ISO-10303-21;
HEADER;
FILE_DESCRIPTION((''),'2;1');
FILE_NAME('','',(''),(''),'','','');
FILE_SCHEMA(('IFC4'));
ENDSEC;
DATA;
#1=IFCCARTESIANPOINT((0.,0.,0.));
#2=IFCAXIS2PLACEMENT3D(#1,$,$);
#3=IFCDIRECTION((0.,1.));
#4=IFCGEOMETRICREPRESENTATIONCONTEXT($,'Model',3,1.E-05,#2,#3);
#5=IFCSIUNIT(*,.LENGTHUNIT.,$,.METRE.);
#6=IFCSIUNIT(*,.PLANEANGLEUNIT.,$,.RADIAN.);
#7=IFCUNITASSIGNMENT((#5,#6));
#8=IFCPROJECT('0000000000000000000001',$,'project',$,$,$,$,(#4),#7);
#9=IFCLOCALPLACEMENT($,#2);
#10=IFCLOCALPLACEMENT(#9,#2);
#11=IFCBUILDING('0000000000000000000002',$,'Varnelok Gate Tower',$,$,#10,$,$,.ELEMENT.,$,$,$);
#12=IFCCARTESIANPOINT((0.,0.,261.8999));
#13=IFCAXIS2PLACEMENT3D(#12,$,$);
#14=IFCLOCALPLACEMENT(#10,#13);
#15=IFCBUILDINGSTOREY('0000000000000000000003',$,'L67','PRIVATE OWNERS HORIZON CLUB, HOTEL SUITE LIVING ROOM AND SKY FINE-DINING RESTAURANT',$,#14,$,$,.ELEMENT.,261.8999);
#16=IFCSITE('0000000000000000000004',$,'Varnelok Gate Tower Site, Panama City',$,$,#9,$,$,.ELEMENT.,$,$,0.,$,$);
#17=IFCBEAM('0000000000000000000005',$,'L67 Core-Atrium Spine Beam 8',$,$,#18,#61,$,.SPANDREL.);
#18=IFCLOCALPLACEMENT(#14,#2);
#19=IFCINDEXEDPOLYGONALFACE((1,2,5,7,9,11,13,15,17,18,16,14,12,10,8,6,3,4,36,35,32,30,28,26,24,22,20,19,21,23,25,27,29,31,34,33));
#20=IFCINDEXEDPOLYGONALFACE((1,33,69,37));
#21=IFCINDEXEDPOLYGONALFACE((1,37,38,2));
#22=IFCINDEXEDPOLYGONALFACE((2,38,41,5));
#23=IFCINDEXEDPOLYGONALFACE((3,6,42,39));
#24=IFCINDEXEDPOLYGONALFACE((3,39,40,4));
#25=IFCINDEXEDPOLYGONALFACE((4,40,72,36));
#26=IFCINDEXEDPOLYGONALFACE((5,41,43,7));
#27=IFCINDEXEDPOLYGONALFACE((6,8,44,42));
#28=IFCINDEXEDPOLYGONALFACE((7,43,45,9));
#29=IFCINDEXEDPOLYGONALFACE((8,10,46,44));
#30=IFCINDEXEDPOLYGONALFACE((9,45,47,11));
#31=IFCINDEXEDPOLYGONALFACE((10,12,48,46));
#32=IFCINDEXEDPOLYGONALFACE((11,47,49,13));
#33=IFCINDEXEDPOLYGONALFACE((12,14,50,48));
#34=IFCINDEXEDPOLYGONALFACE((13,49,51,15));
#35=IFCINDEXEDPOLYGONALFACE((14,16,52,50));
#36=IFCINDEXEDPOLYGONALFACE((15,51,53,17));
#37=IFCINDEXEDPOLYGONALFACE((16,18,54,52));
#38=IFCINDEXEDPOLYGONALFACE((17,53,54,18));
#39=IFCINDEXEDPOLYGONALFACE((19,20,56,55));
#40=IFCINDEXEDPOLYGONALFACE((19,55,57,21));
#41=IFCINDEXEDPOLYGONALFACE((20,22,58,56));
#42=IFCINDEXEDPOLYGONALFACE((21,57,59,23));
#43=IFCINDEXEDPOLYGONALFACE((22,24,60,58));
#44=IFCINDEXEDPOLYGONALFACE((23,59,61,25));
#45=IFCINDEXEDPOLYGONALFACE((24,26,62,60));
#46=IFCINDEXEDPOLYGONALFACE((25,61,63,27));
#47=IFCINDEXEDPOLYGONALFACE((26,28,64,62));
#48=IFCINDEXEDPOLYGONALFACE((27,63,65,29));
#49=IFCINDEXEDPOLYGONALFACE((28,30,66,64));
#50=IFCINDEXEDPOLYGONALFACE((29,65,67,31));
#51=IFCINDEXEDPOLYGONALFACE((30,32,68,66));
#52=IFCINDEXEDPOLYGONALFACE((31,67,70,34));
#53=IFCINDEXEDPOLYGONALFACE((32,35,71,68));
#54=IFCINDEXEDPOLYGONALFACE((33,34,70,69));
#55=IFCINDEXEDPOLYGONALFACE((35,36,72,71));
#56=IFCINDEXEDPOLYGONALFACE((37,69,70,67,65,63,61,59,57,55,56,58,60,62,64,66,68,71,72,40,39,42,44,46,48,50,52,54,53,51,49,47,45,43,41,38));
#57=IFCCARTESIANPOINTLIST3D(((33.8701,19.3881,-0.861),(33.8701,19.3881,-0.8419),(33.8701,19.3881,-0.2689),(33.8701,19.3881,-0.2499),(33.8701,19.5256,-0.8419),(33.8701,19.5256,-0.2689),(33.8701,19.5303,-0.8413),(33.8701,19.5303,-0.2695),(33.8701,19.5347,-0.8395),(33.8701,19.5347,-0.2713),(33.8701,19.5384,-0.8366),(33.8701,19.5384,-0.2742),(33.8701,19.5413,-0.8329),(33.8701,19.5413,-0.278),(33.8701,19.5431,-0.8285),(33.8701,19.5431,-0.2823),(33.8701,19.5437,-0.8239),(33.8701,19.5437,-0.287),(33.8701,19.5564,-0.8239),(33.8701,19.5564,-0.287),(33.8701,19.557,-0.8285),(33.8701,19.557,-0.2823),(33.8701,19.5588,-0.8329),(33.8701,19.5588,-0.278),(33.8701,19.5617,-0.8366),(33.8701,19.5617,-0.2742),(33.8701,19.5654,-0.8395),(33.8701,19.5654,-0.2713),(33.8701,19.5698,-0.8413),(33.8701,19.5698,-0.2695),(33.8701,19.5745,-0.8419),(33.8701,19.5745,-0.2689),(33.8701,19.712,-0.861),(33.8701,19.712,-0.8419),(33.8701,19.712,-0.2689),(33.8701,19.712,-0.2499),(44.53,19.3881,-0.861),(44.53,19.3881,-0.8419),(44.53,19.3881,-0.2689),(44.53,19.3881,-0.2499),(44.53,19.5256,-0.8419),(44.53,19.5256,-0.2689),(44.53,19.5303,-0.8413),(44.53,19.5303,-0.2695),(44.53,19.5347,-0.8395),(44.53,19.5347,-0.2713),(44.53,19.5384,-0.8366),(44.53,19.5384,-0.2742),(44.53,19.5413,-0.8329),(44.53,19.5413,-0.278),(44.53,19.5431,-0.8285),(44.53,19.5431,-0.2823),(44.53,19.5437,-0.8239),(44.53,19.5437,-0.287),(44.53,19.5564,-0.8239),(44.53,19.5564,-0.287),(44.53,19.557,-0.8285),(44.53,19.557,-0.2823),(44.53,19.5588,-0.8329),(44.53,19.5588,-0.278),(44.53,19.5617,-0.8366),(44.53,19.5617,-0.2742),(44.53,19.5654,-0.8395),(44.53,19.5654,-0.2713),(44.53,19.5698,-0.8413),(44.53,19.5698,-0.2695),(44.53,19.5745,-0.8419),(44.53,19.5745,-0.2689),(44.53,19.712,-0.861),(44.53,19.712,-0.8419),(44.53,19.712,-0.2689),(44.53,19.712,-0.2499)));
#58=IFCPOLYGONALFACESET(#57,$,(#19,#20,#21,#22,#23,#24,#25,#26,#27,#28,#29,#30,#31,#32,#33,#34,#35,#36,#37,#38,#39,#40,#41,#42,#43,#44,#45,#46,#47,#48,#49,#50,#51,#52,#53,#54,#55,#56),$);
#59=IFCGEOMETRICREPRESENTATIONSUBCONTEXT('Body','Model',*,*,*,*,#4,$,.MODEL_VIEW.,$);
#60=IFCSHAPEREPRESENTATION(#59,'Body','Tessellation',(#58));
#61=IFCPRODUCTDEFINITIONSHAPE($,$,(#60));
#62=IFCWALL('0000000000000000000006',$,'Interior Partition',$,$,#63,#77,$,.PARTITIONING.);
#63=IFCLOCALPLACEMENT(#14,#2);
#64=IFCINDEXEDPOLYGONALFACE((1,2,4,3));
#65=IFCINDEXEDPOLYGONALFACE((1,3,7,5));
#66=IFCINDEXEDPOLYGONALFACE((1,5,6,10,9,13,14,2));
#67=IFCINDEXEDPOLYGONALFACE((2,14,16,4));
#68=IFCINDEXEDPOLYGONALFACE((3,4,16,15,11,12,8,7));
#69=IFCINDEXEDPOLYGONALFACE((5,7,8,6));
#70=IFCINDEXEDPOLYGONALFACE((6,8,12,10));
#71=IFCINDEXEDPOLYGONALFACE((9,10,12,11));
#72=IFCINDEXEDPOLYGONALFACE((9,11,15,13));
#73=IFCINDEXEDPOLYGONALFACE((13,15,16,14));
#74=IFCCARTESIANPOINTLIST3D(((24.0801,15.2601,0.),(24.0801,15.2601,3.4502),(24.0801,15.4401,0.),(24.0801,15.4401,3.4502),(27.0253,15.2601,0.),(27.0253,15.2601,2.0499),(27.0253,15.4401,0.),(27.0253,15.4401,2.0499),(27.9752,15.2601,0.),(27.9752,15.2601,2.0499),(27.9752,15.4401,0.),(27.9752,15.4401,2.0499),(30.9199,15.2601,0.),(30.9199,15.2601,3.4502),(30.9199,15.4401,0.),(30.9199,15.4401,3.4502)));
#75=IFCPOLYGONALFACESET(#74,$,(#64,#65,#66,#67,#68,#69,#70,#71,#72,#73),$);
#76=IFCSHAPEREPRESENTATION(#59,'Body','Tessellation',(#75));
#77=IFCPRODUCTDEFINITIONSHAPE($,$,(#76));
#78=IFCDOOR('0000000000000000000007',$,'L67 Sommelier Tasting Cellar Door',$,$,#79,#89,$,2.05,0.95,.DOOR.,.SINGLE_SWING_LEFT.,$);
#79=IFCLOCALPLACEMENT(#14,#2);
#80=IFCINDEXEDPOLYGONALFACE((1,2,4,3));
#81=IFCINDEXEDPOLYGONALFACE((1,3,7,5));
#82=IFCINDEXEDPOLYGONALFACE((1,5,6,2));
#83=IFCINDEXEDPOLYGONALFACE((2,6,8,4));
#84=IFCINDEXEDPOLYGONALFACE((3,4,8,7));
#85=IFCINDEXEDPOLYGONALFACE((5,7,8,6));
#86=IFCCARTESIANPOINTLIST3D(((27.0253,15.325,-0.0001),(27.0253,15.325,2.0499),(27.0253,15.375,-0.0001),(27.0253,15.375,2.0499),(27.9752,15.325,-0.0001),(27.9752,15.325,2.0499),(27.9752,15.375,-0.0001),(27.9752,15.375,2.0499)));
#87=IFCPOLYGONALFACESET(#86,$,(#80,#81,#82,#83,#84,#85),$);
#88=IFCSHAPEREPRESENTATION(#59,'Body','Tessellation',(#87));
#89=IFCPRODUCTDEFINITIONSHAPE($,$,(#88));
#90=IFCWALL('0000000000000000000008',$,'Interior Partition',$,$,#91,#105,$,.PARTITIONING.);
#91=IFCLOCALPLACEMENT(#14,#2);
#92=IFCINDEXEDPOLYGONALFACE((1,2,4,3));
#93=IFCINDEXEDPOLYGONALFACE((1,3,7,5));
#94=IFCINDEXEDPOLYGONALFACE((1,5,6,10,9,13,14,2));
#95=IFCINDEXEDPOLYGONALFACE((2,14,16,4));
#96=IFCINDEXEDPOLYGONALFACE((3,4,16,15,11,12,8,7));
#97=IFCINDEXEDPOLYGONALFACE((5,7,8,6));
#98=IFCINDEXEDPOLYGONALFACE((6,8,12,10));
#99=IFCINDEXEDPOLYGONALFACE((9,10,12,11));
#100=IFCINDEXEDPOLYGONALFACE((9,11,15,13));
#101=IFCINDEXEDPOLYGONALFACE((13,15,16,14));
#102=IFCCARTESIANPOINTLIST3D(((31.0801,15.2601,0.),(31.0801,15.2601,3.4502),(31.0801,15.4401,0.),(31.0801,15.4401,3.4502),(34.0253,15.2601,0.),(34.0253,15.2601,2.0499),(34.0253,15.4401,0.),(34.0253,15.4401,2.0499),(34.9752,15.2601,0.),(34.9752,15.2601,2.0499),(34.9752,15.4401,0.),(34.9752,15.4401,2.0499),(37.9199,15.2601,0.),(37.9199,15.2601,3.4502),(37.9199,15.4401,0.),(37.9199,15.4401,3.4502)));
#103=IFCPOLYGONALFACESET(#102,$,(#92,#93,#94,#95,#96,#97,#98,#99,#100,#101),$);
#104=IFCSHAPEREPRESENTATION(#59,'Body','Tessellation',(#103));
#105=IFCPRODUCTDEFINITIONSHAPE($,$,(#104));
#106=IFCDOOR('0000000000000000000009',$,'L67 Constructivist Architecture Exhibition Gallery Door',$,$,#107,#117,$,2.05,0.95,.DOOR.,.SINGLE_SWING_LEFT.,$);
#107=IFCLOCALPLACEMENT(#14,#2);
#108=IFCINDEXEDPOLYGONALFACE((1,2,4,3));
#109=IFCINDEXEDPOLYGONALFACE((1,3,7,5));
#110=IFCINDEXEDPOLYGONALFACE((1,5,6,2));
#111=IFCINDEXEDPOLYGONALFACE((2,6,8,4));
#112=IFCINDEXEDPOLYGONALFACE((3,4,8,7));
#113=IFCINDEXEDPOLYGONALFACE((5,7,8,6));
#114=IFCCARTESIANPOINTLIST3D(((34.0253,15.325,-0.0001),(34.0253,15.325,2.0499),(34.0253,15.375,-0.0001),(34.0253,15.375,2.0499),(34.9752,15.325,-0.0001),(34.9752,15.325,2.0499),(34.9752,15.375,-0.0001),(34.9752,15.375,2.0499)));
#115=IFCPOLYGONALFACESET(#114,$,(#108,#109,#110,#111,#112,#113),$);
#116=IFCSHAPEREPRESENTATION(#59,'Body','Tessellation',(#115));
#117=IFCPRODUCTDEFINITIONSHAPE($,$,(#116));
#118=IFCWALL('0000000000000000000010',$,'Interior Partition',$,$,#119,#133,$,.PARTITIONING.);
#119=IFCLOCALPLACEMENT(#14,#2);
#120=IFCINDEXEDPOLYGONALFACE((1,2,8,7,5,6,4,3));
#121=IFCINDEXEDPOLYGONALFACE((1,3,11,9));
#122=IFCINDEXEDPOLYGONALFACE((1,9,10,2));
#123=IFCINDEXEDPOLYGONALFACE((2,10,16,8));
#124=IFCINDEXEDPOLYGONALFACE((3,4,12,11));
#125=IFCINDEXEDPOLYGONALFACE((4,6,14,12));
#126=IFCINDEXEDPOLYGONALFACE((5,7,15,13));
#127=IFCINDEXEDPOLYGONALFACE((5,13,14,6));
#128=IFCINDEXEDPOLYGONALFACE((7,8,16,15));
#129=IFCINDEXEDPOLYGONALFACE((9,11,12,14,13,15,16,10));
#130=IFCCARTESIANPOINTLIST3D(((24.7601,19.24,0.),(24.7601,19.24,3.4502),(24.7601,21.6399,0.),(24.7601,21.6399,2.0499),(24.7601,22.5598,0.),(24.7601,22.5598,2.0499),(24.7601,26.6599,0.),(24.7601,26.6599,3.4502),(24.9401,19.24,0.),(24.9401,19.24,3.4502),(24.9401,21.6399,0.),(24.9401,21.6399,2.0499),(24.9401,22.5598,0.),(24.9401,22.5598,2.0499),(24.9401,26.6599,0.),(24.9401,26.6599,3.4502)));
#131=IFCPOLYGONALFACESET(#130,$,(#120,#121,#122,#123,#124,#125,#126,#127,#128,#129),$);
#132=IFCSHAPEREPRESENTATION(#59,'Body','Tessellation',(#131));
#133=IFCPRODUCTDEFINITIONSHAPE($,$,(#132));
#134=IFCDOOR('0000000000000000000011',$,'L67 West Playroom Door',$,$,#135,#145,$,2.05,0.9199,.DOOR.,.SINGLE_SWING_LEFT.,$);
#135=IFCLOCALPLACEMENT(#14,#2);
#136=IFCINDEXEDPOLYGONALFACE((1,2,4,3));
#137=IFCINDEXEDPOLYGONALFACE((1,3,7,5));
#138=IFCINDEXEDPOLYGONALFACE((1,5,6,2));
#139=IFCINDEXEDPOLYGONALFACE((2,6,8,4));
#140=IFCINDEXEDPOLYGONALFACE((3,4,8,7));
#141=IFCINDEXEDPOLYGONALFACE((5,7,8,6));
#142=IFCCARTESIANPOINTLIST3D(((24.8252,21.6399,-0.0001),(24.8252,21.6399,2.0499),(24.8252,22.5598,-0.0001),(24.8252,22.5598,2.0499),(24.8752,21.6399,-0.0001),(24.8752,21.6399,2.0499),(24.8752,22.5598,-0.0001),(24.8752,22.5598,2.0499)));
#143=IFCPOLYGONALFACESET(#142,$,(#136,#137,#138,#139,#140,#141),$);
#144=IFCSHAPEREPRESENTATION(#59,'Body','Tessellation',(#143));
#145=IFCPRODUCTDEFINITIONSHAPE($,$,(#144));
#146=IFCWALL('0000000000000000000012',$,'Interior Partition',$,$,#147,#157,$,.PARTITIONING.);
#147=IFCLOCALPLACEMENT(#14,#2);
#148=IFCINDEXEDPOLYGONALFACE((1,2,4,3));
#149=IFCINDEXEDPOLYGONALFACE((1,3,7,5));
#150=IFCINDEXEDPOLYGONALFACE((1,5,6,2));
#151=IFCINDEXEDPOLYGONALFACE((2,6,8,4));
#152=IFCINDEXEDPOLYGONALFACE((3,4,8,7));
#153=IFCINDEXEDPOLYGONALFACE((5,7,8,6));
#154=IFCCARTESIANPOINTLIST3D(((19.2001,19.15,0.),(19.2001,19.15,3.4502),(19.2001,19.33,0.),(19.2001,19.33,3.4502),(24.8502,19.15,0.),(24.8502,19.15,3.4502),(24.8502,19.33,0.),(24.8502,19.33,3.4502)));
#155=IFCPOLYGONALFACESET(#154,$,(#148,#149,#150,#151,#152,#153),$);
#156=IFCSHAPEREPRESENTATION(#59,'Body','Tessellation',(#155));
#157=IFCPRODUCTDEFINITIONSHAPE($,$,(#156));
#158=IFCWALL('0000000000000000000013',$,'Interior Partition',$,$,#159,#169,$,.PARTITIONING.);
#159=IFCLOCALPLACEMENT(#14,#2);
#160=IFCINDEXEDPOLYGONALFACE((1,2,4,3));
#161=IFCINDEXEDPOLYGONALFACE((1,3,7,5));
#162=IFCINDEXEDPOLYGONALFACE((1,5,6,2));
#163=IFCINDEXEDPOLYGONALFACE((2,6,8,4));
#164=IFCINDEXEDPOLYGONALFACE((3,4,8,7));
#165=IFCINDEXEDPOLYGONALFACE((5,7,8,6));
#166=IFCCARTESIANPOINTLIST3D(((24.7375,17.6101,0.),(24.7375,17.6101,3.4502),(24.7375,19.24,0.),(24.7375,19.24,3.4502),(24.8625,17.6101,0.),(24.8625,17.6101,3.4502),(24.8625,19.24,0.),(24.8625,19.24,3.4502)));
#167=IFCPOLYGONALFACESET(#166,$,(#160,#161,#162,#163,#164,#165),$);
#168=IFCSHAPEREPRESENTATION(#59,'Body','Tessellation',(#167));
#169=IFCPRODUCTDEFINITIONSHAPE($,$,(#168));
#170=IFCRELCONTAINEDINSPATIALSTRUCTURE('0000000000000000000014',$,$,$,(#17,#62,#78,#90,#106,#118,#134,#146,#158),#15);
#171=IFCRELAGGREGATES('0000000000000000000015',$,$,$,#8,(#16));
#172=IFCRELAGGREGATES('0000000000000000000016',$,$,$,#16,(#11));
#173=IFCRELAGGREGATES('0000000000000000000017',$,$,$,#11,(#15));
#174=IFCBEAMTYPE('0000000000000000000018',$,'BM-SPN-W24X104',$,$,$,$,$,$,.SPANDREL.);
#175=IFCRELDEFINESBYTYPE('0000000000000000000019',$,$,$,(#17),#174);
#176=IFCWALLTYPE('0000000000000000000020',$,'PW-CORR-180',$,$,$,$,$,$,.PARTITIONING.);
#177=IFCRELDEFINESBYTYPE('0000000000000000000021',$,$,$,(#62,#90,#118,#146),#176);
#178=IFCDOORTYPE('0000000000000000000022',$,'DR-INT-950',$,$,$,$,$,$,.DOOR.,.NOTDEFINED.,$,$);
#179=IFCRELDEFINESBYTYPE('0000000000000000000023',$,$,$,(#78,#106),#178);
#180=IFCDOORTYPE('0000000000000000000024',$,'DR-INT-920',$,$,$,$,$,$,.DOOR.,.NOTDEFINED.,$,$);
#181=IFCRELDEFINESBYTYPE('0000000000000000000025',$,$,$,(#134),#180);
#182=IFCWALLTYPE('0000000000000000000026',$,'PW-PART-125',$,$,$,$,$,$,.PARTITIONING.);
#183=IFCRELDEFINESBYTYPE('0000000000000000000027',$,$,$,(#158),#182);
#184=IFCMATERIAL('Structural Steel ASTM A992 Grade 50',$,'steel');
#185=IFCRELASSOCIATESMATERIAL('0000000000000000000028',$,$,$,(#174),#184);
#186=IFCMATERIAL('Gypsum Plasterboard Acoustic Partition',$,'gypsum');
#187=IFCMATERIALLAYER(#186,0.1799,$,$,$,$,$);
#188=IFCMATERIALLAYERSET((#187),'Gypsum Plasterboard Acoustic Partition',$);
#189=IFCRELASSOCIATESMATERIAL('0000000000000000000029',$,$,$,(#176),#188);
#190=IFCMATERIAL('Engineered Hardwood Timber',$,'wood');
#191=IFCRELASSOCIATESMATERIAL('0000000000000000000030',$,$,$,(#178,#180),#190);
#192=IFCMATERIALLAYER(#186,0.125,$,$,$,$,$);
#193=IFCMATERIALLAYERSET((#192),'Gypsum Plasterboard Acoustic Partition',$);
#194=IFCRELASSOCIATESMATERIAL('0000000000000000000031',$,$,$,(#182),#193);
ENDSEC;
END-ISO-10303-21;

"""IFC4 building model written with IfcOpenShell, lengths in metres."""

from ifc_helpers import new_model, si_unit, direction, frame, frame_2d, origin, origin_2d, place, context, subcontext, project, spatial, rectangle, i_section, extrude, material, layer, layer_set, material_profile, profile_set, type_object, element, fill, save


model = new_model("IFC4")

# Units and contexts
model_context = context("Model", 3, precision=1e-05, world=origin(), true_north=direction((0.0, 1.0)))
body_context = subcontext(model_context, "Body", "Model", "MODEL_VIEW")
ifc_project = project(units=[si_unit("LENGTHUNIT", "METRE"), si_unit("PLANEANGLEUNIT", "RADIAN")], contexts=[model_context])

# Site, building, storey
site_placement = place(None, origin())
site = spatial("IfcSite", under=ifc_project, at=site_placement, Name="Varnelok Gate Tower Site, Panama City", CompositionType="ELEMENT", RefElevation=0.0)
building_placement = place(site_placement, origin())
building = spatial("IfcBuilding", under=site, at=building_placement, Name="Varnelok Gate Tower", CompositionType="ELEMENT")
storey_placement = place(building_placement, frame((0.0, 0.0, 261.8999)))
storey = spatial("IfcBuildingStorey", under=building, at=storey_placement, Name="L67", Description="PRIVATE OWNERS HORIZON CLUB, HOTEL SUITE LIVING ROOM AND SKY FINE-DINING RESTAURANT", CompositionType="ELEMENT", Elevation=261.8999)

# Shared definitions
ifc_material_1 = material(Name="Structural Steel ASTM A992 Grade 50", Category="steel")

# Beam
ifc_material_profile_1 = material_profile(ifc_material_1, i_section(OverallWidth=0.324, OverallDepth=0.6111, WebThickness=0.0127, FlangeThickness=0.019, FilletRadius=0.0181, at=origin_2d()), Name="W24X104")
ifc_profile_set_1 = profile_set([ifc_material_profile_1], Name="Structural Steel ASTM A992 Grade 50")
beam_type_1 = type_object("IfcBeamType", Name="BM-SPN-W24X104", PredefinedType="SPANDREL", material=ifc_profile_set_1)
beam_1_placement = place(storey_placement, frame((33.8701, 19.55, -0.5554), z_axis=(1.0, 0.0, 0.0), x_axis=(0.0, 1.0, 0.0)))
element("IfcBeam", 1, at=beam_1_placement, inside=storey, type_object=beam_type_1, Name="L67 Core-Atrium Spine Beam 8", PredefinedType="SPANDREL", context=body_context, shape_type="SweptSolid", body=[
    extrude(i_section(OverallWidth=0.324, OverallDepth=0.6111, WebThickness=0.0127, FlangeThickness=0.019, FilletRadius=0.0181, at=origin_2d()), origin(), (0.0, 0.0, 1.0), 10.6599),
])

# Walls, openings, doors
ifc_material_2 = material(Name="Gypsum Plasterboard Acoustic Partition", Category="gypsum")
ifc_layer_1 = layer(ifc_material_2, 0.1799)
ifc_layer_set_1 = layer_set([ifc_layer_1], Name="Gypsum Plasterboard Acoustic Partition")
wall_type_1 = type_object("IfcWallType", Name="PW-CORR-180", PredefinedType="PARTITIONING", material=ifc_layer_set_1)
wall_1_placement = place(storey_placement, frame((24.0801, 15.3501, 0.0), z_axis=(0.0, 0.0, 1.0), x_axis=(1.0, 0.0, 0.0)))
wall_1 = element("IfcWall", 2, at=wall_1_placement, inside=storey, type_object=wall_type_1, Name="Interior Partition", PredefinedType="PARTITIONING", context=body_context, shape_type="SweptSolid", body=[
    extrude(rectangle(XDim=6.8398, YDim=0.1799, at=frame_2d((3.4199, 0.0))), origin(), (0.0, 0.0, 1.0), 3.4502),
])
opening_1_placement = place(wall_1_placement, frame((2.9451, 0.0, 0.0)))
opening_1 = element("IfcOpeningElement", 3, at=opening_1_placement, cuts=wall_1, PredefinedType="OPENING", context=body_context, shape_type="SweptSolid", body=[
    extrude(rectangle(XDim=0.95, YDim=2.05, at=frame_2d((0.4751, 1.0249))), frame((0.0, 0.0999, 0.0), z_axis=(0.0, -1.0, 0.0), x_axis=(1.0, 0.0, 0.0)), (0.0, 0.0, 1.0), 0.2),
])
ifc_material_3 = material(Name="Engineered Hardwood Timber", Category="wood")
door_type_1 = type_object("IfcDoorType", Name="DR-INT-950", OperationType="NOTDEFINED", PredefinedType="DOOR", material=ifc_material_3)
door_1_placement = place(opening_1_placement, origin())
door_1 = element("IfcDoor", 4, at=door_1_placement, inside=storey, type_object=door_type_1, Name="L67 Sommelier Tasting Cellar Door", OperationType="SINGLE_SWING_LEFT", OverallHeight=2.05, OverallWidth=0.95, PredefinedType="DOOR", context=body_context, shape_type="SweptSolid", body=[
    extrude(rectangle(XDim=0.95, YDim=2.05, at=frame_2d((0.4751, 1.0249))), frame((0.0, 0.0249, 0.0), z_axis=(0.0, -1.0, 0.0), x_axis=(1.0, 0.0, 0.0)), (0.0, 0.0, 1.0), 0.05),
])
fill(opening_1, door_1)
wall_2_placement = place(storey_placement, frame((31.0801, 15.3501, 0.0), z_axis=(0.0, 0.0, 1.0), x_axis=(1.0, 0.0, 0.0)))
wall_2 = element("IfcWall", 5, at=wall_2_placement, inside=storey, type_object=wall_type_1, Name="Interior Partition", PredefinedType="PARTITIONING", context=body_context, shape_type="SweptSolid", body=[
    extrude(rectangle(XDim=6.8398, YDim=0.1799, at=frame_2d((3.4199, 0.0))), origin(), (0.0, 0.0, 1.0), 3.4502),
])
opening_2_placement = place(wall_2_placement, frame((2.9451, 0.0, 0.0)))
opening_2 = element("IfcOpeningElement", 6, at=opening_2_placement, cuts=wall_2, PredefinedType="OPENING", context=body_context, shape_type="SweptSolid", body=[
    extrude(rectangle(XDim=0.95, YDim=2.05, at=frame_2d((0.4751, 1.0249))), frame((0.0, 0.0999, 0.0), z_axis=(0.0, -1.0, 0.0), x_axis=(1.0, 0.0, 0.0)), (0.0, 0.0, 1.0), 0.2),
])
door_2_placement = place(opening_2_placement, origin())
door_2 = element("IfcDoor", 7, at=door_2_placement, inside=storey, type_object=door_type_1, Name="L67 Constructivist Architecture Exhibition Gallery Door", OperationType="SINGLE_SWING_LEFT", OverallHeight=2.05, OverallWidth=0.95, PredefinedType="DOOR", context=body_context, shape_type="SweptSolid", body=[
    extrude(rectangle(XDim=0.95, YDim=2.05, at=frame_2d((0.4751, 1.0249))), frame((0.0, 0.0249, 0.0), z_axis=(0.0, -1.0, 0.0), x_axis=(1.0, 0.0, 0.0)), (0.0, 0.0, 1.0), 0.05),
])
fill(opening_2, door_2)
wall_3_placement = place(storey_placement, frame((24.8501, 19.24, 0.0), z_axis=(0.0, 0.0, 1.0), x_axis=(0.0, 1.0, 0.0)))
wall_3 = element("IfcWall", 8, at=wall_3_placement, inside=storey, type_object=wall_type_1, Name="Interior Partition", PredefinedType="PARTITIONING", context=body_context, shape_type="SweptSolid", body=[
    extrude(rectangle(XDim=7.4199, YDim=0.1799, at=frame_2d((3.71, 0.0))), origin(), (0.0, 0.0, 1.0), 3.4502),
])
opening_3_placement = place(wall_3_placement, frame((2.3999, 0.0, 0.0)))
opening_3 = element("IfcOpeningElement", 9, at=opening_3_placement, cuts=wall_3, PredefinedType="OPENING", context=body_context, shape_type="SweptSolid", body=[
    extrude(rectangle(XDim=0.9199, YDim=2.05, at=frame_2d((0.46, 1.0249))), frame((0.0, 0.0999, 0.0), z_axis=(0.0, -1.0, 0.0), x_axis=(1.0, 0.0, 0.0)), (0.0, 0.0, 1.0), 0.2),
])
door_type_2 = type_object("IfcDoorType", Name="DR-INT-920", OperationType="NOTDEFINED", PredefinedType="DOOR", material=ifc_material_3)
door_3_placement = place(opening_3_placement, origin())
door_3 = element("IfcDoor", 10, at=door_3_placement, inside=storey, type_object=door_type_2, Name="L67 West Playroom Door", OperationType="SINGLE_SWING_LEFT", OverallHeight=2.05, OverallWidth=0.9199, PredefinedType="DOOR", context=body_context, shape_type="SweptSolid", body=[
    extrude(rectangle(XDim=0.9199, YDim=2.05, at=frame_2d((0.46, 1.0249))), frame((0.0, 0.0249, 0.0), z_axis=(0.0, -1.0, 0.0), x_axis=(1.0, 0.0, 0.0)), (0.0, 0.0, 1.0), 0.05),
])
fill(opening_3, door_3)

# Walls
wall_4_placement = place(storey_placement, frame((19.2, 19.24, 0.0), z_axis=(0.0, 0.0, 1.0), x_axis=(1.0, 0.0, 0.0)))
element("IfcWall", 11, at=wall_4_placement, inside=storey, type_object=wall_type_1, Name="Interior Partition", PredefinedType="PARTITIONING", context=body_context, shape_type="SweptSolid", body=[
    extrude(rectangle(XDim=5.6501, YDim=0.1799, at=frame_2d((2.8252, 0.0))), origin(), (0.0, 0.0, 1.0), 3.4502),
])
ifc_layer_2 = layer(ifc_material_2, 0.125)
ifc_layer_set_2 = layer_set([ifc_layer_2], Name="Gypsum Plasterboard Acoustic Partition")
wall_type_2 = type_object("IfcWallType", Name="PW-PART-125", PredefinedType="PARTITIONING", material=ifc_layer_set_2)
wall_5_placement = place(storey_placement, frame((24.8, 17.6101, 0.0), z_axis=(0.0, 0.0, 1.0), x_axis=(0.0, 1.0, 0.0)))
element("IfcWall", 12, at=wall_5_placement, inside=storey, type_object=wall_type_2, Name="Interior Partition", PredefinedType="PARTITIONING", context=body_context, shape_type="SweptSolid", body=[
    extrude(rectangle(XDim=1.6299, YDim=0.125, at=frame_2d((0.8149, 0.0))), origin(), (0.0, 0.0, 1.0), 3.4502),
])

save(model, "model.ifc")
